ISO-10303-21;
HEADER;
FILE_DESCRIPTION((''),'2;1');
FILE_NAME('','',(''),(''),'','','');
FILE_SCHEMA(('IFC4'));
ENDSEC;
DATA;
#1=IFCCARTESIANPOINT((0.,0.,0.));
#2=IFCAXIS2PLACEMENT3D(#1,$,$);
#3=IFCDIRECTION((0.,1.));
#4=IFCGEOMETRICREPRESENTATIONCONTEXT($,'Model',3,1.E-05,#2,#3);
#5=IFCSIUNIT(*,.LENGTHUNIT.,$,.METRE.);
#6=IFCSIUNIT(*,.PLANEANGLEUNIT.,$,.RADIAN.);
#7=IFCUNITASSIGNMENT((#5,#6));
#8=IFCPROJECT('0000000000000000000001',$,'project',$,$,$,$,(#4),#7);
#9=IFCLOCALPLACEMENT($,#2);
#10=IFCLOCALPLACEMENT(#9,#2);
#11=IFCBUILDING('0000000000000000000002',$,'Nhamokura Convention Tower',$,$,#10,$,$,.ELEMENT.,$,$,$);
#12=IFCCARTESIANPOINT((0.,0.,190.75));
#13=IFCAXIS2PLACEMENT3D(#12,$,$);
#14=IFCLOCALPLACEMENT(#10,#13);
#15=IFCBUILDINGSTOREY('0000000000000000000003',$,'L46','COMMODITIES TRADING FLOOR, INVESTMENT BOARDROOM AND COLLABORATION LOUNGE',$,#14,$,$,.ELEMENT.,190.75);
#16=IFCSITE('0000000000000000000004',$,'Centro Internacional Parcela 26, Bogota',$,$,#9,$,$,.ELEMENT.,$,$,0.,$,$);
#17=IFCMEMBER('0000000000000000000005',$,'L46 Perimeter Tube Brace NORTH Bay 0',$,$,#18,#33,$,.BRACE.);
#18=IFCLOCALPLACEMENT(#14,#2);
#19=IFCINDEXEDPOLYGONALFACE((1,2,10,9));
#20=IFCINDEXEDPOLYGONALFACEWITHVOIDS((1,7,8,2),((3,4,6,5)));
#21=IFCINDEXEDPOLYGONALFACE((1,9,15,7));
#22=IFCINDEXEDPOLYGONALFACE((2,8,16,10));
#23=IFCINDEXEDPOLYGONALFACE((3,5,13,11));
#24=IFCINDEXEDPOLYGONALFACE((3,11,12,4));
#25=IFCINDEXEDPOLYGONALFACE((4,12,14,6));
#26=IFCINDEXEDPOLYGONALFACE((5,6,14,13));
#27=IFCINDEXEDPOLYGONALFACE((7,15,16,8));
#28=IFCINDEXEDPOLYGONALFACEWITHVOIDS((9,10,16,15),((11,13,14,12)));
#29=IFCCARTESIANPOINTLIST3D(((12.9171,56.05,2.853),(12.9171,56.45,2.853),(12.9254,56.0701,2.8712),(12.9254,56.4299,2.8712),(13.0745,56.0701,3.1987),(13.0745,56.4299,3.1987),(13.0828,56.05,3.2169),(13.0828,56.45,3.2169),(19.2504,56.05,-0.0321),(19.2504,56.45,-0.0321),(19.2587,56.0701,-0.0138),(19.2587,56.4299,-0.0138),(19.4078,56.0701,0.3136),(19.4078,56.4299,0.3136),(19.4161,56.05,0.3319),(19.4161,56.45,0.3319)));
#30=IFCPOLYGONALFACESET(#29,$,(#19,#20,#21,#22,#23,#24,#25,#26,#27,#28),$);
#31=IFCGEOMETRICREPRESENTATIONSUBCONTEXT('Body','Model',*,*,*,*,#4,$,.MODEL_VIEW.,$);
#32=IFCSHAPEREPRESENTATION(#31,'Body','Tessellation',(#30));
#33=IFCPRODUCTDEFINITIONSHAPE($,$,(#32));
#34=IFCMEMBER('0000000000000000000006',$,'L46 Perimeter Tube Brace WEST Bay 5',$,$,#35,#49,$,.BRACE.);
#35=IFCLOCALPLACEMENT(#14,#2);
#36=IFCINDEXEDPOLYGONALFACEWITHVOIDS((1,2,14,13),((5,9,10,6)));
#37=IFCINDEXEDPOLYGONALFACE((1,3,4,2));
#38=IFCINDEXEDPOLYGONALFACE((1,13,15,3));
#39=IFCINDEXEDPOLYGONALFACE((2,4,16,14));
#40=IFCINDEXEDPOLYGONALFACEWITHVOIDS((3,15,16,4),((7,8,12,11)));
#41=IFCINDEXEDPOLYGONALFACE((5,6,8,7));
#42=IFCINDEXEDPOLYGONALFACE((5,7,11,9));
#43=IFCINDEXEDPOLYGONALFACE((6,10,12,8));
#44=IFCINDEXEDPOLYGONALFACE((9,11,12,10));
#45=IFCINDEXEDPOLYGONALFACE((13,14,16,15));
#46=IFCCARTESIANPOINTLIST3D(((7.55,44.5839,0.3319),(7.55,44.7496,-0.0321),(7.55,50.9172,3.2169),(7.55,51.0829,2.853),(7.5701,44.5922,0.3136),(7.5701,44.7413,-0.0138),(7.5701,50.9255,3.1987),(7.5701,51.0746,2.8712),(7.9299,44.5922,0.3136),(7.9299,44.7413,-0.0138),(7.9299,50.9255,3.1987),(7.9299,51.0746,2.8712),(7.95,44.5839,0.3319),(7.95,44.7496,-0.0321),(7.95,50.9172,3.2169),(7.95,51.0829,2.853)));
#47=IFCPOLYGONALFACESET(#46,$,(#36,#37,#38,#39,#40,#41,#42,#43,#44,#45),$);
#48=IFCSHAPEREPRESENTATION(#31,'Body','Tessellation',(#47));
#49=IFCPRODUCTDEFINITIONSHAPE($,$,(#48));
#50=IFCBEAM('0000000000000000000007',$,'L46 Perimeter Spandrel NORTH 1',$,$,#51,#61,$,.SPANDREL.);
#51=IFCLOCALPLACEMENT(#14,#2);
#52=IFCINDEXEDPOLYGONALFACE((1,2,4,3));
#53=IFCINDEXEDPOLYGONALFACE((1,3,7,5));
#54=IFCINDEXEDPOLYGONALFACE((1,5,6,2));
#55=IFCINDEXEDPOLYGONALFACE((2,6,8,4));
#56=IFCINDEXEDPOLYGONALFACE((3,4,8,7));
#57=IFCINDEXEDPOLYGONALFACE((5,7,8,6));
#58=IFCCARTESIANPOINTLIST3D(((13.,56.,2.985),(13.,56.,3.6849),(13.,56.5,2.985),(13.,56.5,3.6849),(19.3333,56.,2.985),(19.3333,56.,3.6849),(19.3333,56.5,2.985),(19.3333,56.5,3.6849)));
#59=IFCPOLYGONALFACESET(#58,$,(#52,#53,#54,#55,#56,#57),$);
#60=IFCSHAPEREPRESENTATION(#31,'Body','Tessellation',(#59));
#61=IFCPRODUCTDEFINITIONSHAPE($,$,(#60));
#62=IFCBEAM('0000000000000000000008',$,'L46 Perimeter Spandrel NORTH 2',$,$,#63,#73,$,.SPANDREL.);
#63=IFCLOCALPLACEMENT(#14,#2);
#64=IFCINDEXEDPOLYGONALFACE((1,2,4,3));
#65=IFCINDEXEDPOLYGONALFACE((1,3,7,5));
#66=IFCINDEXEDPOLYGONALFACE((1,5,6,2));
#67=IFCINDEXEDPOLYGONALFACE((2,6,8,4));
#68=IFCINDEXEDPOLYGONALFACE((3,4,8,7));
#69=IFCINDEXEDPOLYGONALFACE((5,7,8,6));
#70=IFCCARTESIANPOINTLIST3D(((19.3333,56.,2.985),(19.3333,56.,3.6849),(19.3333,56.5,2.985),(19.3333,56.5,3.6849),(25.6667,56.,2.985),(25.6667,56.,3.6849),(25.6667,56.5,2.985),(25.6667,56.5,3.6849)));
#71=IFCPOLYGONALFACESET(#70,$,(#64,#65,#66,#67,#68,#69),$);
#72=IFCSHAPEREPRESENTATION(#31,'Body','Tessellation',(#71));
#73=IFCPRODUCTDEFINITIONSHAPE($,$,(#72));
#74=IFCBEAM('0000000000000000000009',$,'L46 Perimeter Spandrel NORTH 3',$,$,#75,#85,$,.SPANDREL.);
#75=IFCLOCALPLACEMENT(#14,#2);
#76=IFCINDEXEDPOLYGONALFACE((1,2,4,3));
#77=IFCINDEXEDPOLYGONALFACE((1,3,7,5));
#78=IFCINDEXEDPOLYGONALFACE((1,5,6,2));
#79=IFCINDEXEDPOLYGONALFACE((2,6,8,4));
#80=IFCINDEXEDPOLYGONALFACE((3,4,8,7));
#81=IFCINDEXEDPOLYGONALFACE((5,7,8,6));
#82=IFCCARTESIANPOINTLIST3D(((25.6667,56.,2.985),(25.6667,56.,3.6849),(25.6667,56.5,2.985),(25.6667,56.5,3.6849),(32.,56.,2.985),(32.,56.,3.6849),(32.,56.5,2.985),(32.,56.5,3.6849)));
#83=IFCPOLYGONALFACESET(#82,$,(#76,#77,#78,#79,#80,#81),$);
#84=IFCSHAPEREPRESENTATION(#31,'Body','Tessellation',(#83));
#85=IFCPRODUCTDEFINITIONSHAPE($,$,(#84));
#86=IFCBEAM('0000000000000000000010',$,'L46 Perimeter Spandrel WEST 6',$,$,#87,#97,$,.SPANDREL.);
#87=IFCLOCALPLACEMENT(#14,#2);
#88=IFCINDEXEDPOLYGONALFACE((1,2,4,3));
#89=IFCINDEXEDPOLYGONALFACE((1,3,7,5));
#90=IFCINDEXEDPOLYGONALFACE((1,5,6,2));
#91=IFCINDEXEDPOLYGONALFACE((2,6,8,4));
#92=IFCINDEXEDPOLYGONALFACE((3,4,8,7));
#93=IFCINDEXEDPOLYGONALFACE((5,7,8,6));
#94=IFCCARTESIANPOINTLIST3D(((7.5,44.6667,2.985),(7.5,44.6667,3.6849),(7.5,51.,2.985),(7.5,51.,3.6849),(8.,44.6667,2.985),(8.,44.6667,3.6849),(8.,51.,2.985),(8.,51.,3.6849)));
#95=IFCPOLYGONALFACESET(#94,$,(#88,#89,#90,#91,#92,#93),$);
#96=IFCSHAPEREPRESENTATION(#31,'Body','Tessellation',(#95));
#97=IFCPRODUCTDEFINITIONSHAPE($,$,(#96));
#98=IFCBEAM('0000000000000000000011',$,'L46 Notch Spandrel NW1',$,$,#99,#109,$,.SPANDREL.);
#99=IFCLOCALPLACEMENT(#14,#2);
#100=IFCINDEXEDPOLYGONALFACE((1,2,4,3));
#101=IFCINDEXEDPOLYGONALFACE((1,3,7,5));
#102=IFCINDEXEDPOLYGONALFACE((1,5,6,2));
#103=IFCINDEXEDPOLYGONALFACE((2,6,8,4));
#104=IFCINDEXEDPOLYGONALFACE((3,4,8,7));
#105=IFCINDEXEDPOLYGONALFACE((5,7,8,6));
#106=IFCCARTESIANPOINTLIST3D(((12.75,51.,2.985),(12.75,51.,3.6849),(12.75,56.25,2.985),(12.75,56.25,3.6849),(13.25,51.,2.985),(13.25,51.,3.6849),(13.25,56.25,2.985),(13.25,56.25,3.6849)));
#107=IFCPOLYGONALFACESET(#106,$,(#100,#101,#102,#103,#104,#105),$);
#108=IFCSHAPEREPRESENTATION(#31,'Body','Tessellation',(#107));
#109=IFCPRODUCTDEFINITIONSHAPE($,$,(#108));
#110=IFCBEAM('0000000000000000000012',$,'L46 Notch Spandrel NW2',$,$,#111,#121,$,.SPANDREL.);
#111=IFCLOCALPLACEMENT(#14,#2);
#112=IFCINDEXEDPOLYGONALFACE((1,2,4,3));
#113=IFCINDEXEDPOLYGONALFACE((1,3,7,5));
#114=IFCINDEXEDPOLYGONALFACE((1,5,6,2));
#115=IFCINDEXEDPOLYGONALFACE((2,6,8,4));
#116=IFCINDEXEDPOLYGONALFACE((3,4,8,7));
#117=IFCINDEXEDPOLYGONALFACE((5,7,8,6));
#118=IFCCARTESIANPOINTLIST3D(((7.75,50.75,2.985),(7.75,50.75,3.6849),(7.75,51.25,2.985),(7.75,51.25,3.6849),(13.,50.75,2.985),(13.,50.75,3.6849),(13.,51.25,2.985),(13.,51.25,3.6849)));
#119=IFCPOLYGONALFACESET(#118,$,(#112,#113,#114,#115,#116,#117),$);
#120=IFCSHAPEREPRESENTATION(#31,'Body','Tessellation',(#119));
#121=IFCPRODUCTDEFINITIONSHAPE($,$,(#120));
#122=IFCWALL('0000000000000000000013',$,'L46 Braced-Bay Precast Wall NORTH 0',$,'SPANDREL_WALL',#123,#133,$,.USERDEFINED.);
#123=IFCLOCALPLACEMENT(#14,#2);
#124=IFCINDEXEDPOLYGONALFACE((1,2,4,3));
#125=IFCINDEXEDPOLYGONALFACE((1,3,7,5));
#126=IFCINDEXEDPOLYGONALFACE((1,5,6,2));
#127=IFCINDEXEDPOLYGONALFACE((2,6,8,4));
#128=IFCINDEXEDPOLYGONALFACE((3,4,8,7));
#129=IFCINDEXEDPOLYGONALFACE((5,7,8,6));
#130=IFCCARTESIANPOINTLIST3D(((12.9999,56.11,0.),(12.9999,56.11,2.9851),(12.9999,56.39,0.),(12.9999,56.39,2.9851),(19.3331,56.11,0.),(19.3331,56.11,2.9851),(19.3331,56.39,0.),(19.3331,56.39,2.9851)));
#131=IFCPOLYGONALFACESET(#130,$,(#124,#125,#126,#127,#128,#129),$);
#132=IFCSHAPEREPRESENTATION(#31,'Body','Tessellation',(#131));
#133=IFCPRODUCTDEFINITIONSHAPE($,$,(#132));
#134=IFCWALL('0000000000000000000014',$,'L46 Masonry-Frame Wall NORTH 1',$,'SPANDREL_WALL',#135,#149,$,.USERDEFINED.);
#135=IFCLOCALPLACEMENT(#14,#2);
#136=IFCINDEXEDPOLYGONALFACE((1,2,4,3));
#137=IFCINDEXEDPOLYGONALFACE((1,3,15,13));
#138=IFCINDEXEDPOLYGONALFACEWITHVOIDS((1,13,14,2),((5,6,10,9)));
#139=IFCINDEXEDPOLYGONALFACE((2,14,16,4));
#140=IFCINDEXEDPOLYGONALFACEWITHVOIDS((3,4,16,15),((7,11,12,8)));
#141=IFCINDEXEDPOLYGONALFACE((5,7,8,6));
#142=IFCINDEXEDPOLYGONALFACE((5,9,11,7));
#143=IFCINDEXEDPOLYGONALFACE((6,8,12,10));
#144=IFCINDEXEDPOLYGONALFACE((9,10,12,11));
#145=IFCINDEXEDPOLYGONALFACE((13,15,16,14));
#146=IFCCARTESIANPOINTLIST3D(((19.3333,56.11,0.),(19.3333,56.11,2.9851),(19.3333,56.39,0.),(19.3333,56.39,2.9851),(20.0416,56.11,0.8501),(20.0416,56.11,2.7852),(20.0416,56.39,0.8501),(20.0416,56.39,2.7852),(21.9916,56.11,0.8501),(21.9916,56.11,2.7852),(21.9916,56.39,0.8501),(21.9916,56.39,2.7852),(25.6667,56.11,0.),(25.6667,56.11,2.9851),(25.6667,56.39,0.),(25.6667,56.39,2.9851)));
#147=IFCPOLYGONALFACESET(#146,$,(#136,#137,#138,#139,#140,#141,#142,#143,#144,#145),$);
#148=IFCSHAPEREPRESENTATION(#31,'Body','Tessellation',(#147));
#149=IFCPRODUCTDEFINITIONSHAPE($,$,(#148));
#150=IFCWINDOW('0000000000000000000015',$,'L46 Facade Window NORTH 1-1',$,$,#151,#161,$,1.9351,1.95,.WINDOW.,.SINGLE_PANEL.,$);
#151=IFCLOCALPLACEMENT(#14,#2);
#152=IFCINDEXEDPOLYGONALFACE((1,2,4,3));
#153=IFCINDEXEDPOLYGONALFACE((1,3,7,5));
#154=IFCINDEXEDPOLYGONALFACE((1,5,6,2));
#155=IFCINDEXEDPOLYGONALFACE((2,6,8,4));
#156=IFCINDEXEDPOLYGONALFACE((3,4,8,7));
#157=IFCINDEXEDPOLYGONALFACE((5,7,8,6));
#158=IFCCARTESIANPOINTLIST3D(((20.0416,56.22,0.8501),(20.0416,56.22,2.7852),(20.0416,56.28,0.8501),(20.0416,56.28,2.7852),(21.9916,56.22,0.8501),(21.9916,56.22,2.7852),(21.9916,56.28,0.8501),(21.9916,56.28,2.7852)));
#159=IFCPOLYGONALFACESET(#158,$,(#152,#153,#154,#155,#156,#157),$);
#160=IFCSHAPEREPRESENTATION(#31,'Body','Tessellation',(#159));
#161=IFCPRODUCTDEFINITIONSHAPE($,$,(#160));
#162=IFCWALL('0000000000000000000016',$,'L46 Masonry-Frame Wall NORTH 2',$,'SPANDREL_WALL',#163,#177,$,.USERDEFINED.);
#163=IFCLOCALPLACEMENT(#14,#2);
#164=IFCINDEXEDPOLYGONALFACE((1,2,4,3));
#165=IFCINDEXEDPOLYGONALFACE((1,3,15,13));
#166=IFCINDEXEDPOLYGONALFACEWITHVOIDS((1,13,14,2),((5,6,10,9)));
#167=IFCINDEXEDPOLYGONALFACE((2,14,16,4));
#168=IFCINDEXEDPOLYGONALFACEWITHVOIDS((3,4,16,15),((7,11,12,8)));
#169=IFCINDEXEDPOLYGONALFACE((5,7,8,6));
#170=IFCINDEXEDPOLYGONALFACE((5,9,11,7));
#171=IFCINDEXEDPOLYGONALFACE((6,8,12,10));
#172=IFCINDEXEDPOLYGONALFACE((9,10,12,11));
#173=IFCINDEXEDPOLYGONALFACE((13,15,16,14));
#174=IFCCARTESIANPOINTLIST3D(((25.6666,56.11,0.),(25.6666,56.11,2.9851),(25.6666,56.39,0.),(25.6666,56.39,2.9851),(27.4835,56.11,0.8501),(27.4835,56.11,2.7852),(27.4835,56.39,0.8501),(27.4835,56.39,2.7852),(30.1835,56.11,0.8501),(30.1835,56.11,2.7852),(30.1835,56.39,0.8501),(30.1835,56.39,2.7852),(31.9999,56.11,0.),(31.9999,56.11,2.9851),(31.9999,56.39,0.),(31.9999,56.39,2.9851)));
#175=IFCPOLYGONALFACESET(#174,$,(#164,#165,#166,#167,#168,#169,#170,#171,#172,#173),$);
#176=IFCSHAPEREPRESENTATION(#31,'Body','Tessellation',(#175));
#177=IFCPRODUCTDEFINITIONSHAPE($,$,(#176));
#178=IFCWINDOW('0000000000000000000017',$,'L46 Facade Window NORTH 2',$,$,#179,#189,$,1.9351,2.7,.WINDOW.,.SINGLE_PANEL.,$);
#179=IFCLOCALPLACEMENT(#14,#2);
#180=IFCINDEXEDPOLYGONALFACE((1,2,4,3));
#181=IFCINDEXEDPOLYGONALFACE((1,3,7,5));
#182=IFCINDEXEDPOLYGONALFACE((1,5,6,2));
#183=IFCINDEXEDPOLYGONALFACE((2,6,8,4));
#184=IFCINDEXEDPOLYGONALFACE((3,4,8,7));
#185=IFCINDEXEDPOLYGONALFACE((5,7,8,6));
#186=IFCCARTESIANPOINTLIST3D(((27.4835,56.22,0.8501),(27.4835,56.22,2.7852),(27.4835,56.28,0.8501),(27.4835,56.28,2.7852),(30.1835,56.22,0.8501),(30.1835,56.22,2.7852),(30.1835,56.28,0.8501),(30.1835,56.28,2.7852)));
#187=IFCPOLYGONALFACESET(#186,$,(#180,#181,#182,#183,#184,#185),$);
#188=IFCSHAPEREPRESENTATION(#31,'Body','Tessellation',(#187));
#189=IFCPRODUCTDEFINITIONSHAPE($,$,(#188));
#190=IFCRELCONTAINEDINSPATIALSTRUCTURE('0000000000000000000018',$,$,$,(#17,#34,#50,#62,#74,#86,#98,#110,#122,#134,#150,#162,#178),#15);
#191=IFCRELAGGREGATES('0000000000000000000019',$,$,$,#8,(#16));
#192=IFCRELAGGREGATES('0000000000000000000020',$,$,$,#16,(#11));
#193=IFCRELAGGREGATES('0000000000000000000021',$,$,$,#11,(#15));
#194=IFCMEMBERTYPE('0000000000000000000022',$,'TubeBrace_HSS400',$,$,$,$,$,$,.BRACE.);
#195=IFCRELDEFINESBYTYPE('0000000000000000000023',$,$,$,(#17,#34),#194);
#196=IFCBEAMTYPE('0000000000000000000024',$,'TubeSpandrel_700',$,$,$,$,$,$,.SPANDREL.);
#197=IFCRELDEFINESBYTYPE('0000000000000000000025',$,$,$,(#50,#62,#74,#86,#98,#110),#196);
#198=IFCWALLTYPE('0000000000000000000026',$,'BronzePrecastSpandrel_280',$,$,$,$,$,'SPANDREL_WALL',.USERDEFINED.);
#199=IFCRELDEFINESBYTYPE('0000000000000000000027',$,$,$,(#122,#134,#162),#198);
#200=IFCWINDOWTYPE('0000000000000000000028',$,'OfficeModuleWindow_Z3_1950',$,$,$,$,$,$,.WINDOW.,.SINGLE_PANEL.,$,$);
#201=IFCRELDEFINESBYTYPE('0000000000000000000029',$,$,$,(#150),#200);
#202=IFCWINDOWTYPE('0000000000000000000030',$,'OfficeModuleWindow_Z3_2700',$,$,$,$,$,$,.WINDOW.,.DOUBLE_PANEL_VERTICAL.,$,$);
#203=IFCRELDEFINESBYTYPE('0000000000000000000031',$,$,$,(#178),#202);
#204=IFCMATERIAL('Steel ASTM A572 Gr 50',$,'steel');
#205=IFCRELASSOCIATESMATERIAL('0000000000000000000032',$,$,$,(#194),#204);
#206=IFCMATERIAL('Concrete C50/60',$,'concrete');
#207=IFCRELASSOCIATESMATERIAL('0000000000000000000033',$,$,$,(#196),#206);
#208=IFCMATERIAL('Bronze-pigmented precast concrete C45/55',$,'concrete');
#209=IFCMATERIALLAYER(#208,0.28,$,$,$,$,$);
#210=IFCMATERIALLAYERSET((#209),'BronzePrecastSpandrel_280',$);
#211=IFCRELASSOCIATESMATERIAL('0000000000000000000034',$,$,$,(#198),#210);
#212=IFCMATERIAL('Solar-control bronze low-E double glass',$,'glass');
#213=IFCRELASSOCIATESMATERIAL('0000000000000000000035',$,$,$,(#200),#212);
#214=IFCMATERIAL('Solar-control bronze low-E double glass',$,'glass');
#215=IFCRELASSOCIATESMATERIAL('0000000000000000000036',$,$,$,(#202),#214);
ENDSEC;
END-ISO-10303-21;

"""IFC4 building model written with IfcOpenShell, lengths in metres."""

from ifc_helpers import new_model, si_unit, direction, frame, frame_2d, origin, origin_2d, place, context, subcontext, project, spatial, rectangle, hollow_rectangle, extrude, material, layer, layer_set, material_profile, profile_set, type_object, element, fill, save


model = new_model("IFC4")

# Units and contexts
model_context = context("Model", 3, precision=1e-05, world=origin(), true_north=direction((0.0, 1.0)))
body_context = subcontext(model_context, "Body", "Model", "MODEL_VIEW")
ifc_project = project(units=[si_unit("LENGTHUNIT", "METRE"), si_unit("PLANEANGLEUNIT", "RADIAN")], contexts=[model_context])

# Site, building, storey
site_placement = place(None, origin())
site = spatial("IfcSite", under=ifc_project, at=site_placement, Name="Centro Internacional Parcela 26, Bogota", CompositionType="ELEMENT", RefElevation=0.0)
building_placement = place(site_placement, origin())
building = spatial("IfcBuilding", under=site, at=building_placement, Name="Nhamokura Convention Tower", CompositionType="ELEMENT")
storey_placement = place(building_placement, frame((0.0, 0.0, 190.75)))
storey = spatial("IfcBuildingStorey", under=building, at=storey_placement, Name="L46", Description="COMMODITIES TRADING FLOOR, INVESTMENT BOARDROOM AND COLLABORATION LOUNGE", CompositionType="ELEMENT", Elevation=190.75)

# Members
ifc_material_1 = material(Name="Steel ASTM A572 Gr 50", Category="steel")
ifc_material_profile_1 = material_profile(ifc_material_1, hollow_rectangle(XDim=0.3999, YDim=0.3999, WallThickness=0.02, at=origin_2d()))
ifc_profile_set_1 = profile_set([ifc_material_profile_1], Name="Steel ASTM A572 Gr 50")
member_type_1 = type_object("IfcMemberType", Name="TubeBrace_HSS400", PredefinedType="BRACE", material=ifc_profile_set_1)
for number, where, z_axis, x_axis, name in (
    (1, (19.3333, 56.25, 0.1499), (-0.910027, 0.0, 0.414548), (0.0, -1.0, 0.0), "L46 Perimeter Tube Brace NORTH Bay 0"),
    (2, (7.75, 44.6667, 0.1499), (0.0, 0.910027, 0.414548), (-1.0, 0.0, 0.0), "L46 Perimeter Tube Brace WEST Bay 5"),
):
    element("IfcMember", number, at=place(storey_placement, frame(where, z_axis=z_axis, x_axis=x_axis)), inside=storey, type_object=member_type_1, Name=name, PredefinedType="BRACE", context=body_context, shape_type="SweptSolid", body=[
        extrude(hollow_rectangle(XDim=0.3999, YDim=0.3999, WallThickness=0.02, at=origin_2d()), origin(), (0.0, 0.0, 1.0), 6.9595),
    ])

# Beams
ifc_material_2 = material(Name="Concrete C50/60", Category="concrete")
ifc_material_profile_2 = material_profile(ifc_material_2, rectangle(XDim=0.5, YDim=0.7, at=origin_2d()))
ifc_profile_set_2 = profile_set([ifc_material_profile_2], Name="Concrete C50/60")
beam_type_1 = type_object("IfcBeamType", Name="TubeSpandrel_700", PredefinedType="SPANDREL", material=ifc_profile_set_2)
beam_1_placement = place(storey_placement, frame((13.0, 56.25, 3.335), z_axis=(1.0, 0.0, 0.0), x_axis=(0.0, 1.0, 0.0)))
element("IfcBeam", 3, at=beam_1_placement, inside=storey, type_object=beam_type_1, Name="L46 Perimeter Spandrel NORTH 1", PredefinedType="SPANDREL", context=body_context, shape_type="SweptSolid", body=[
    extrude(rectangle(XDim=0.5, YDim=0.7, at=origin_2d()), origin(), (0.0, 0.0, 1.0), 6.3333),
])
beam_2_placement = place(storey_placement, frame((19.3333, 56.25, 3.335), z_axis=(1.0, 0.0, 0.0), x_axis=(0.0, 1.0, 0.0)))
element("IfcBeam", 4, at=beam_2_placement, inside=storey, type_object=beam_type_1, Name="L46 Perimeter Spandrel NORTH 2", PredefinedType="SPANDREL", context=body_context, shape_type="SweptSolid", body=[
    extrude(rectangle(XDim=0.5, YDim=0.7, at=origin_2d()), origin(), (0.0, 0.0, 1.0), 6.3335),
])
for number, where, z_axis, x_axis, name in (
    (5, (25.6667, 56.25, 3.335), (1.0, 0.0, 0.0), (0.0, 1.0, 0.0), "L46 Perimeter Spandrel NORTH 3"),
    (6, (7.75, 44.6667, 3.335), (0.0, 1.0, 0.0), (-1.0, 0.0, 0.0), "L46 Perimeter Spandrel WEST 6"),
):
    element("IfcBeam", number, at=place(storey_placement, frame(where, z_axis=z_axis, x_axis=x_axis)), inside=storey, type_object=beam_type_1, Name=name, PredefinedType="SPANDREL", context=body_context, shape_type="SweptSolid", body=[
        extrude(rectangle(XDim=0.5, YDim=0.7, at=origin_2d()), origin(), (0.0, 0.0, 1.0), 6.3333),
    ])
for number, where, z_axis, x_axis, name in (
    (7, (13.0, 56.25, 3.335), (0.0, -1.0, 0.0), (1.0, 0.0, 0.0), "L46 Notch Spandrel NW1"),
    (8, (13.0, 51.0, 3.335), (-1.0, 0.0, 0.0), (0.0, -1.0, 0.0), "L46 Notch Spandrel NW2"),
):
    element("IfcBeam", number, at=place(storey_placement, frame(where, z_axis=z_axis, x_axis=x_axis)), inside=storey, type_object=beam_type_1, Name=name, PredefinedType="SPANDREL", context=body_context, shape_type="SweptSolid", body=[
        extrude(rectangle(XDim=0.5, YDim=0.7, at=origin_2d()), origin(), (0.0, 0.0, 1.0), 5.25),
    ])

# Wall
ifc_material_3 = material(Name="Bronze-pigmented precast concrete C45/55", Category="concrete")
ifc_layer_1 = layer(ifc_material_3, 0.28)
ifc_layer_set_1 = layer_set([ifc_layer_1], Name="BronzePrecastSpandrel_280")
wall_type_1 = type_object("IfcWallType", Name="BronzePrecastSpandrel_280", ElementType="SPANDREL_WALL", PredefinedType="USERDEFINED", material=ifc_layer_set_1)
wall_1_placement = place(storey_placement, frame((13.0, 56.25, 0.0), z_axis=(0.0, 0.0, 1.0), x_axis=(1.0, 0.0, 0.0)))
element("IfcWall", 9, at=wall_1_placement, inside=storey, type_object=wall_type_1, Name="L46 Braced-Bay Precast Wall NORTH 0", ObjectType="SPANDREL_WALL", PredefinedType="USERDEFINED", context=body_context, shape_type="SweptSolid", body=[
    extrude(rectangle(XDim=6.3333, YDim=0.28, at=frame_2d((3.1665, 0.0))), origin(), (0.0, 0.0, 1.0), 2.9851),
])

# Walls, openings, windows
wall_2_placement = place(storey_placement, frame((19.3333, 56.25, 0.0), z_axis=(0.0, 0.0, 1.0), x_axis=(1.0, 0.0, 0.0)))
wall_2 = element("IfcWall", 10, at=wall_2_placement, inside=storey, type_object=wall_type_1, Name="L46 Masonry-Frame Wall NORTH 1", ObjectType="SPANDREL_WALL", PredefinedType="USERDEFINED", context=body_context, shape_type="SweptSolid", body=[
    extrude(rectangle(XDim=6.3335, YDim=0.28, at=frame_2d((3.1667, 0.0))), origin(), (0.0, 0.0, 1.0), 2.9851),
])
opening_1_placement = place(wall_2_placement, frame((0.7083, 0.0, 0.8501)))
opening_1 = element("IfcOpeningElement", 11, at=opening_1_placement, cuts=wall_2, PredefinedType="OPENING", context=body_context, shape_type="SweptSolid", body=[
    extrude(rectangle(XDim=1.95, YDim=1.9351, at=frame_2d((0.9751, 0.9675))), frame((0.0, 0.1499, 0.0), z_axis=(0.0, -1.0, 0.0), x_axis=(1.0, 0.0, 0.0)), (0.0, 0.0, 1.0), 0.3),
])
ifc_material_4 = material(Name="Solar-control bronze low-E double glass", Category="glass")
window_type_1 = type_object("IfcWindowType", Name="OfficeModuleWindow_Z3_1950", PartitioningType="SINGLE_PANEL", PredefinedType="WINDOW", material=ifc_material_4)
window_1_placement = place(opening_1_placement, origin())
window_1 = element("IfcWindow", 12, at=window_1_placement, inside=storey, type_object=window_type_1, Name="L46 Facade Window NORTH 1-1", OverallHeight=1.9351, OverallWidth=1.95, PartitioningType="SINGLE_PANEL", PredefinedType="WINDOW", context=body_context, shape_type="SweptSolid", body=[
    extrude(rectangle(XDim=1.95, YDim=1.9351, at=frame_2d((0.9751, 0.9675))), frame((0.0, 0.03, 0.0), z_axis=(0.0, -1.0, 0.0), x_axis=(1.0, 0.0, 0.0)), (0.0, 0.0, 1.0), 0.0601),
])
fill(opening_1, window_1)
wall_3_placement = place(storey_placement, frame((25.6667, 56.25, 0.0), z_axis=(0.0, 0.0, 1.0), x_axis=(1.0, 0.0, 0.0)))
wall_3 = element("IfcWall", 13, at=wall_3_placement, inside=storey, type_object=wall_type_1, Name="L46 Masonry-Frame Wall NORTH 2", ObjectType="SPANDREL_WALL", PredefinedType="USERDEFINED", context=body_context, shape_type="SweptSolid", body=[
    extrude(rectangle(XDim=6.3333, YDim=0.28, at=frame_2d((3.1665, 0.0))), origin(), (0.0, 0.0, 1.0), 2.9851),
])
opening_2_placement = place(wall_3_placement, frame((1.8167, 0.0, 0.8501)))
opening_2 = element("IfcOpeningElement", 14, at=opening_2_placement, cuts=wall_3, PredefinedType="OPENING", context=body_context, shape_type="SweptSolid", body=[
    extrude(rectangle(XDim=2.7, YDim=1.9351, at=frame_2d((1.3501, 0.9675))), frame((0.0, 0.1499, 0.0), z_axis=(0.0, -1.0, 0.0), x_axis=(1.0, 0.0, 0.0)), (0.0, 0.0, 1.0), 0.3),
])
ifc_material_5 = material(Name="Solar-control bronze low-E double glass", Category="glass")
window_type_2 = type_object("IfcWindowType", Name="OfficeModuleWindow_Z3_2700", PartitioningType="DOUBLE_PANEL_VERTICAL", PredefinedType="WINDOW", material=ifc_material_5)
window_2_placement = place(opening_2_placement, origin())
window_2 = element("IfcWindow", 15, at=window_2_placement, inside=storey, type_object=window_type_2, Name="L46 Facade Window NORTH 2", OverallHeight=1.9351, OverallWidth=2.7, PartitioningType="SINGLE_PANEL", PredefinedType="WINDOW", context=body_context, shape_type="SweptSolid", body=[
    extrude(rectangle(XDim=2.7, YDim=1.9351, at=frame_2d((1.3501, 0.9675))), frame((0.0, 0.03, 0.0), z_axis=(0.0, -1.0, 0.0), x_axis=(1.0, 0.0, 0.0)), (0.0, 0.0, 1.0), 0.0601),
])
fill(opening_2, window_2)

save(model, "model.ifc")
